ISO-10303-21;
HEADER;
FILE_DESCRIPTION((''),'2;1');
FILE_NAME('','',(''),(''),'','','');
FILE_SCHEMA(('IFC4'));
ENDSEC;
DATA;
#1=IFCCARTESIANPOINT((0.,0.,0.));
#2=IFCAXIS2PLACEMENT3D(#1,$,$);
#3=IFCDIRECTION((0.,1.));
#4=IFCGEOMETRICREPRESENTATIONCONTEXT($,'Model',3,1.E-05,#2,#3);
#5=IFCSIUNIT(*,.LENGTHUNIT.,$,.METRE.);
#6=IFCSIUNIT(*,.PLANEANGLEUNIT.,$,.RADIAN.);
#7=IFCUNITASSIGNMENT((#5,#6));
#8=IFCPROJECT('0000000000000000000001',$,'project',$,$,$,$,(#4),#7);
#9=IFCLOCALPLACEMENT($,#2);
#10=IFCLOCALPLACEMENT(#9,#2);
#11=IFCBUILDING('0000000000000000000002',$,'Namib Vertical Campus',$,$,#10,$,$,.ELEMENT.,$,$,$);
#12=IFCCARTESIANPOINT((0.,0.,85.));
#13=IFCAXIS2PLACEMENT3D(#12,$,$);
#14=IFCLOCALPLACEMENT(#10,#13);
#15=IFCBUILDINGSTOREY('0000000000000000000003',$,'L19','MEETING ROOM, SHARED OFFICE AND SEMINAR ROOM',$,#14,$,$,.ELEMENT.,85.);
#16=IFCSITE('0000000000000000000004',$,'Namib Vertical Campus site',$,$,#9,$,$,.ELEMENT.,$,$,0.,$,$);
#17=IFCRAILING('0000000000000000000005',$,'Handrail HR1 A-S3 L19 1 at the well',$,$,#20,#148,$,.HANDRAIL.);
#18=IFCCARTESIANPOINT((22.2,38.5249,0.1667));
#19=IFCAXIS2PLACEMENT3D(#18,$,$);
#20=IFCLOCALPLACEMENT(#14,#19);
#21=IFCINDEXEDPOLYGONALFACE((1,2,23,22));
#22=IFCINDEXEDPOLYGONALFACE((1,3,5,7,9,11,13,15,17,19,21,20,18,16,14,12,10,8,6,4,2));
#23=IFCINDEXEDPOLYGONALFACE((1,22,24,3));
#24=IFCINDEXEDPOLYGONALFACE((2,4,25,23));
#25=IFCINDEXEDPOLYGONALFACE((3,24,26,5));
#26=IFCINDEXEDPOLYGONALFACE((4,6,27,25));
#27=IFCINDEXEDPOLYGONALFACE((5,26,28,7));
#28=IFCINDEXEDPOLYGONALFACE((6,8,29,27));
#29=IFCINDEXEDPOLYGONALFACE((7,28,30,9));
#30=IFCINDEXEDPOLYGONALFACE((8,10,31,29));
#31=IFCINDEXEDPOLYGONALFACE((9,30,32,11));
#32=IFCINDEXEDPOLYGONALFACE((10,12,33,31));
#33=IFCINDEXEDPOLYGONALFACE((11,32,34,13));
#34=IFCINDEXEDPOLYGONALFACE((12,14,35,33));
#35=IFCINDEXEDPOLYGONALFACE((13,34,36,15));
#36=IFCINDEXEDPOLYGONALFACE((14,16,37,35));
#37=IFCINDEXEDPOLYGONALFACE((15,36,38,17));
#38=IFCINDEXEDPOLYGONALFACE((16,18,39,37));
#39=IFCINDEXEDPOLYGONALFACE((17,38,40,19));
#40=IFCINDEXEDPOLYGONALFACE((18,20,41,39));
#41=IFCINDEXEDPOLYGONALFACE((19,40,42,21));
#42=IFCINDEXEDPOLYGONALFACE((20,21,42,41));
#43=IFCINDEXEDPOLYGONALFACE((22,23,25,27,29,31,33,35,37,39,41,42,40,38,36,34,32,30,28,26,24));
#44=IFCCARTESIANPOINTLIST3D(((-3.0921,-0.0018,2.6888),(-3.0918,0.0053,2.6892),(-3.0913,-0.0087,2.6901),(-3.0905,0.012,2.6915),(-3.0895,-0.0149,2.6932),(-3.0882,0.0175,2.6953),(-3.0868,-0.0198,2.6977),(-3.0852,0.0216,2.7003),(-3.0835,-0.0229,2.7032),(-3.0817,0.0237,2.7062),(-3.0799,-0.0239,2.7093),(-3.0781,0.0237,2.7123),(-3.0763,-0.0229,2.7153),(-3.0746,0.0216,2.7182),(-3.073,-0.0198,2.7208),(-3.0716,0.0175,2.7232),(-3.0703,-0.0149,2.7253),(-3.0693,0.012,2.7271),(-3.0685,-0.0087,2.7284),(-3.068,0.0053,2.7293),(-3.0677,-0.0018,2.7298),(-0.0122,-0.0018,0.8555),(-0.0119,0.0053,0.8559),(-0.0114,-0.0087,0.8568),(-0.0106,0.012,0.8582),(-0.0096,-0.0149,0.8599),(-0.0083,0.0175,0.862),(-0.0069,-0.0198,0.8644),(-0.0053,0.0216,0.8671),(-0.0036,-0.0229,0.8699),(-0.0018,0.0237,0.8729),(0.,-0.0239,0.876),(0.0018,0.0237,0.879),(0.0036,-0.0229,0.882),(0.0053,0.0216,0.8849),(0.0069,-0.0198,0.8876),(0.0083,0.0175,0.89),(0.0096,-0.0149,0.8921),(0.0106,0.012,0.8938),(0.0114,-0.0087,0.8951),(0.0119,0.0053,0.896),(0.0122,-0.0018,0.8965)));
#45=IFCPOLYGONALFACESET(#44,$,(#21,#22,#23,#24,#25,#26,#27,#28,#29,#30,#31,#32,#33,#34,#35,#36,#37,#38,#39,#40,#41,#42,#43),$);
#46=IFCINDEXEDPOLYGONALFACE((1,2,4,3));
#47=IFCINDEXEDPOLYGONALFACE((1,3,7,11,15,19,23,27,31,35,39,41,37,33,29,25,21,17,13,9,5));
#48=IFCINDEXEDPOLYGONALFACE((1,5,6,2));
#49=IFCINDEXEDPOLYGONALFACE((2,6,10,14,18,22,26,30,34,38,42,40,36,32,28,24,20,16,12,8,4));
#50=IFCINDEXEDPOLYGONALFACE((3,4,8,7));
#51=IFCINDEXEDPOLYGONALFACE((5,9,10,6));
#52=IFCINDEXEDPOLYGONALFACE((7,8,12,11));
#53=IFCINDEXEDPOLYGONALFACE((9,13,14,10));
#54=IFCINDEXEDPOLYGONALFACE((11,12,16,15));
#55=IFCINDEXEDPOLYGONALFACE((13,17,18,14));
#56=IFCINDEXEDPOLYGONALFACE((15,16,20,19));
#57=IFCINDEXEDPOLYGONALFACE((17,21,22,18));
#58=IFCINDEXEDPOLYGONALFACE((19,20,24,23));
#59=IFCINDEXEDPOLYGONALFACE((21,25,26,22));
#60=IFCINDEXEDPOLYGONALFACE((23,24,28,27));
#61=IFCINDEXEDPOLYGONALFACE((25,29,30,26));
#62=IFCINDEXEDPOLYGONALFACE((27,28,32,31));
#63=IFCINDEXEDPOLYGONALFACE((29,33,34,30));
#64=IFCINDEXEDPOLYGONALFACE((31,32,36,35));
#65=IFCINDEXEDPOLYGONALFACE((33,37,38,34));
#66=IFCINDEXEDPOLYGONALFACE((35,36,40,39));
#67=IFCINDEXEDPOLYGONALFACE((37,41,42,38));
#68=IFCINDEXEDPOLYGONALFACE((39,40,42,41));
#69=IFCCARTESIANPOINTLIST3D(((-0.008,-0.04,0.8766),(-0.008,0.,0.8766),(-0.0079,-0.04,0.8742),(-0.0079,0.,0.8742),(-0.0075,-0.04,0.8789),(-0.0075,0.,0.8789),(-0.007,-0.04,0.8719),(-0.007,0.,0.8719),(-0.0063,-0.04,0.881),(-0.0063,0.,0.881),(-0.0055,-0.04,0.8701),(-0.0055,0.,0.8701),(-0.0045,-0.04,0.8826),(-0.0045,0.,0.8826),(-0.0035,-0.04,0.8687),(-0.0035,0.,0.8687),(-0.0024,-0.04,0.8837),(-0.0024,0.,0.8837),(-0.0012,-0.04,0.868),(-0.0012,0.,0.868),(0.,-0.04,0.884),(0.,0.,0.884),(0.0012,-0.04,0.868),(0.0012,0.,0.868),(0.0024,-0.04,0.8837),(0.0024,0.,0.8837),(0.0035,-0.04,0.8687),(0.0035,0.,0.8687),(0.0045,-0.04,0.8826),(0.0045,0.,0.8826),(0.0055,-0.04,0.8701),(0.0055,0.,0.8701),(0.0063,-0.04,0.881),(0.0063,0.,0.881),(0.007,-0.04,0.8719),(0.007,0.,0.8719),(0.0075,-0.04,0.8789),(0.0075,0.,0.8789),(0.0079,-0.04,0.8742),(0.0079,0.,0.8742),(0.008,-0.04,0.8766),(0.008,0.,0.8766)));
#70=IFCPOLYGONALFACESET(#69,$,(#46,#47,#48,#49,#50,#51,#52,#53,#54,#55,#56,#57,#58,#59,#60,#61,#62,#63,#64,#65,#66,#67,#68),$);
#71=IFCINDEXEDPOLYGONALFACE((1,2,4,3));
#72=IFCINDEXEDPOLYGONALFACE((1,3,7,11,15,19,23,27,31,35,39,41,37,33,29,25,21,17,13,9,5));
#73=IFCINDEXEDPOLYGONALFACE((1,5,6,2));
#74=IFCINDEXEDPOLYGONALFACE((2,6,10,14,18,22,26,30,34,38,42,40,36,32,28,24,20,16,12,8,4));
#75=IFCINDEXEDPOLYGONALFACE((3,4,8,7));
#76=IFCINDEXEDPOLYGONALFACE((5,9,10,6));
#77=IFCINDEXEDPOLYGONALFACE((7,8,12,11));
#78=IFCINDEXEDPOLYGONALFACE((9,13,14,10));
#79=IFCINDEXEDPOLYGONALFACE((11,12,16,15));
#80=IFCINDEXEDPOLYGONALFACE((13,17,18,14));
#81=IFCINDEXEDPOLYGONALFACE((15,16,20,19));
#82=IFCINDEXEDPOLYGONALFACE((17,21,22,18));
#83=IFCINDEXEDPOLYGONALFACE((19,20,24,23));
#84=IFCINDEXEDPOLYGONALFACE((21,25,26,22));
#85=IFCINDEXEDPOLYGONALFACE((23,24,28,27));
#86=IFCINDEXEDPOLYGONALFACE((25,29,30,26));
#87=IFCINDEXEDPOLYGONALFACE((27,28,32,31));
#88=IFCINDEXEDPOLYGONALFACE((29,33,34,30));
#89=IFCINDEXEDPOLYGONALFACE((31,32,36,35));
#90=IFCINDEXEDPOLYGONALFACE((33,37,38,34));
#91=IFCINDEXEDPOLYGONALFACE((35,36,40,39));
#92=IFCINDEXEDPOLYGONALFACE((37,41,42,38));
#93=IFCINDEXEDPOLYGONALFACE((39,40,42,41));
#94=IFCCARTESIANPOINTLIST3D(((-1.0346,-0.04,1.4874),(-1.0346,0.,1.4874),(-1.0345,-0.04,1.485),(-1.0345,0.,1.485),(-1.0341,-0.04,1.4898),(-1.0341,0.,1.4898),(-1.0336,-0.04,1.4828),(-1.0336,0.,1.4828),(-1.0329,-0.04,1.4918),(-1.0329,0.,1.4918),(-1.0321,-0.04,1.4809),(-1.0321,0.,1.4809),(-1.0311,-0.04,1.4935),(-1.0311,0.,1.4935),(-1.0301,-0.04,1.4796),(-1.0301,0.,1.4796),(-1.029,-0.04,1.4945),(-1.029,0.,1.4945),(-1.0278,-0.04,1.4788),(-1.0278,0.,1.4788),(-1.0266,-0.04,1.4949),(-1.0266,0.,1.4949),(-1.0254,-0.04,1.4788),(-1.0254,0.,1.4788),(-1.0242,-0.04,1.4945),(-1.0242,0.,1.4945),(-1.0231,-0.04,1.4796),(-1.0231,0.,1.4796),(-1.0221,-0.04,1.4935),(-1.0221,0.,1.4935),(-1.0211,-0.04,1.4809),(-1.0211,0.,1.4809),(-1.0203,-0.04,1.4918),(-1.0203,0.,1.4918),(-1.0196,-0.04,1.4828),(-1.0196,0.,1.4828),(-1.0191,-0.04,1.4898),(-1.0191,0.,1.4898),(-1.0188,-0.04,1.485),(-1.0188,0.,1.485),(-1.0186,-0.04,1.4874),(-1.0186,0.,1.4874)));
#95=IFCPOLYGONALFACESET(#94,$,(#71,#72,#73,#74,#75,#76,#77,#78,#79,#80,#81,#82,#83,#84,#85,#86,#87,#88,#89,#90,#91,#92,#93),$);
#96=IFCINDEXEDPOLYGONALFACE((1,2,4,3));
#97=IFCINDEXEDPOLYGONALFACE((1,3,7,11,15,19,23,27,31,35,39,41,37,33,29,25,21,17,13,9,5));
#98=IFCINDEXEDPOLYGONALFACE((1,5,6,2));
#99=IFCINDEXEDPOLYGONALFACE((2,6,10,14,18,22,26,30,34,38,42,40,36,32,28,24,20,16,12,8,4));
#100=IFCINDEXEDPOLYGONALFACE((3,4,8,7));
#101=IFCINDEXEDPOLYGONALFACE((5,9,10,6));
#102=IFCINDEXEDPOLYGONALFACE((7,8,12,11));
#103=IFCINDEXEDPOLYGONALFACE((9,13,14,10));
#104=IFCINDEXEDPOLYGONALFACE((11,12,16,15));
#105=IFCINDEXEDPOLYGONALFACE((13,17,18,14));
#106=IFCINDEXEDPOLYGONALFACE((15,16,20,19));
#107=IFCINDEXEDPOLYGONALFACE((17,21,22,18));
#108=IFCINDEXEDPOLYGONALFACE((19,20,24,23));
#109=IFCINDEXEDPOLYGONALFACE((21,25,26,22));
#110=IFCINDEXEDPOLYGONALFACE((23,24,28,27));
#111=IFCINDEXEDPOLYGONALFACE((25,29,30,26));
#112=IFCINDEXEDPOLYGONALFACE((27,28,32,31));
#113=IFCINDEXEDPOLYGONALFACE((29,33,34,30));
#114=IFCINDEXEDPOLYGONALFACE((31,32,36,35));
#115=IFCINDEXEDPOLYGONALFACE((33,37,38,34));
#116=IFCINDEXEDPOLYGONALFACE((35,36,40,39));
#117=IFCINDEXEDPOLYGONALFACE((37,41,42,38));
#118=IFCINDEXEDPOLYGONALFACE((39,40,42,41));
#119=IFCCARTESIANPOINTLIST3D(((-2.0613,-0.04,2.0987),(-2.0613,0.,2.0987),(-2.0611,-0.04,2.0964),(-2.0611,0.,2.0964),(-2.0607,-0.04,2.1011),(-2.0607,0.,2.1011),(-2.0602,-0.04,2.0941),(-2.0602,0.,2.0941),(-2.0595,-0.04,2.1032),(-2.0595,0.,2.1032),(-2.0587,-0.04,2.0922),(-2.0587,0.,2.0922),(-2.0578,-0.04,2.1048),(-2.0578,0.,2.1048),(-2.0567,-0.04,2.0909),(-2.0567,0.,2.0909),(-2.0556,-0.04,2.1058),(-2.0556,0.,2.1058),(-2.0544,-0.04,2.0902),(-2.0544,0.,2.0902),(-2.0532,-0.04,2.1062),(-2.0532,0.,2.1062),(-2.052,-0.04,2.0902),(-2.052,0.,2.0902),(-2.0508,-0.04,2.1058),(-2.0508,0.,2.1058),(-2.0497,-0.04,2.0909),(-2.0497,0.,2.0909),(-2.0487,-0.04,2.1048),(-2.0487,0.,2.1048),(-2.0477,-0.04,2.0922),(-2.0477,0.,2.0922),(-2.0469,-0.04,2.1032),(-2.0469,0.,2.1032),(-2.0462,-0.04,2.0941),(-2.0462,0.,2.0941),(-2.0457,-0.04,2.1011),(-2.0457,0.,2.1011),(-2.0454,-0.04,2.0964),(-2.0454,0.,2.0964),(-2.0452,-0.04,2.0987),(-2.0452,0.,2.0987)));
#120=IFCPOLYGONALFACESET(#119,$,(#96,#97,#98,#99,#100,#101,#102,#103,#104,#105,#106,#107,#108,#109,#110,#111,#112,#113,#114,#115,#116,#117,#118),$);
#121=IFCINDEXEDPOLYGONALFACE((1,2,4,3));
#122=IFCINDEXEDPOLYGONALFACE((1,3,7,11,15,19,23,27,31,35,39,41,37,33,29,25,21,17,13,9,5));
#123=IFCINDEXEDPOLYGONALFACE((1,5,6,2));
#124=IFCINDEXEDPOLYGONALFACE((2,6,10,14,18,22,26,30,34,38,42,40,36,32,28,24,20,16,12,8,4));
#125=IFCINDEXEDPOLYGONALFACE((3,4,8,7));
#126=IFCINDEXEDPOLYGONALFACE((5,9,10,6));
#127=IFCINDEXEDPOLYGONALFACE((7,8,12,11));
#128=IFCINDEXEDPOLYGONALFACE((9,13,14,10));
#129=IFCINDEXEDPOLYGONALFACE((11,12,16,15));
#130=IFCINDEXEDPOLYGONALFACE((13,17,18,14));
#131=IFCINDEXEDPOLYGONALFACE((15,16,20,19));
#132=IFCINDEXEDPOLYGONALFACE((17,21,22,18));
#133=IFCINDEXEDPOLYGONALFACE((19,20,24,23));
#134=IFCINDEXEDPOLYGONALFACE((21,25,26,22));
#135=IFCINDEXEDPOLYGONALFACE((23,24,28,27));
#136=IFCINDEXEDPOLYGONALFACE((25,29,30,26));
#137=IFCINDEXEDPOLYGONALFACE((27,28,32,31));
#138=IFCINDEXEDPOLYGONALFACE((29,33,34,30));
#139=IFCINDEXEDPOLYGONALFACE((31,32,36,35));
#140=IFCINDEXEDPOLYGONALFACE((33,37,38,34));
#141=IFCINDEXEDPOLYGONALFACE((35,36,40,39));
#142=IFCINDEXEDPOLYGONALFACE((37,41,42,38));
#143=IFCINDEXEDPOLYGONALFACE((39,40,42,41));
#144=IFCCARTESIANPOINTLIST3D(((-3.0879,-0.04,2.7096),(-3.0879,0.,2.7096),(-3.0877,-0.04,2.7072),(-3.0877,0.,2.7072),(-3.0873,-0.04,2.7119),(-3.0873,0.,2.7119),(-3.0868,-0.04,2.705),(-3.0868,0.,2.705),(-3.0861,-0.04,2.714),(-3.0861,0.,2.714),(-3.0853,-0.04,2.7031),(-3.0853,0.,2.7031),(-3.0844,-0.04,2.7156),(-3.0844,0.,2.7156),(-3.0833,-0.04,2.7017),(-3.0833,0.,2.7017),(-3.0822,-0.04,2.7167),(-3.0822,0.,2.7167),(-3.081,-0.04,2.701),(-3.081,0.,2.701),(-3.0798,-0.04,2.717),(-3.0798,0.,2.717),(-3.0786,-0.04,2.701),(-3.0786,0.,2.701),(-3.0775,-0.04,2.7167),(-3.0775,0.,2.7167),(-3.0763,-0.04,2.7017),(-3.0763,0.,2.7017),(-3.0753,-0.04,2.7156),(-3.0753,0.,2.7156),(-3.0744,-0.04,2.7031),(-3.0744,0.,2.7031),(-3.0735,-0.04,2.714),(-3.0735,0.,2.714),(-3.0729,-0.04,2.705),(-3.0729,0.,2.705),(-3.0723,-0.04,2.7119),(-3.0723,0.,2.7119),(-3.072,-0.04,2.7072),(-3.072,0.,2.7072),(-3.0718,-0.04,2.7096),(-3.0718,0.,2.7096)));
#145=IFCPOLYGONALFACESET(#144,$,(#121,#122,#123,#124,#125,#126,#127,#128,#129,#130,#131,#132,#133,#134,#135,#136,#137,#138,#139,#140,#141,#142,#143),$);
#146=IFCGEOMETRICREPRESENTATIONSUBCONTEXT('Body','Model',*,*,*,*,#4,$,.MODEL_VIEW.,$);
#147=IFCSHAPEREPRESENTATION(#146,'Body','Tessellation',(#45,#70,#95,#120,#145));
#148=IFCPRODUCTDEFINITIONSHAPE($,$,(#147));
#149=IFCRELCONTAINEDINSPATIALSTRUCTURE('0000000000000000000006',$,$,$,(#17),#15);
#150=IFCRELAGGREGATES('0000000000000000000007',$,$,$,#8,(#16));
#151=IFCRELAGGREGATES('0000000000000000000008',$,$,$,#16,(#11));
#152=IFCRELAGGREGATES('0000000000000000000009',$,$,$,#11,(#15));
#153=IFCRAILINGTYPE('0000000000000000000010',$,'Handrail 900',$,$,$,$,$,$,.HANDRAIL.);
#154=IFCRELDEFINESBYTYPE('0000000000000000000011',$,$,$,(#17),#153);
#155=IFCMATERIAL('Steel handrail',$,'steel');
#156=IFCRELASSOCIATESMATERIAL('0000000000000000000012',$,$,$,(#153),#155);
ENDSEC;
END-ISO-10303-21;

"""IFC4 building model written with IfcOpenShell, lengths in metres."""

from ifc_helpers import new_model, si_unit, direction, frame, origin, origin_2d, place, context, subcontext, project, spatial, circle, extrude, material, type_object, element, save


model = new_model("IFC4")

# Units and contexts
model_context = context("Model", 3, precision=1e-05, world=origin(), true_north=direction((0.0, 1.0)))
body_context = subcontext(model_context, "Body", "Model", "MODEL_VIEW")
ifc_project = project(units=[si_unit("LENGTHUNIT", "METRE"), si_unit("PLANEANGLEUNIT", "RADIAN")], contexts=[model_context])

# Site, building, storey
site_placement = place(None, origin())
site = spatial("IfcSite", under=ifc_project, at=site_placement, Name="Namib Vertical Campus site", CompositionType="ELEMENT", RefElevation=0.0)
building_placement = place(site_placement, origin())
building = spatial("IfcBuilding", under=site, at=building_placement, Name="Namib Vertical Campus", CompositionType="ELEMENT")
storey_placement = place(building_placement, frame((0.0, 0.0, 85.0)))
storey = spatial("IfcBuildingStorey", under=building, at=storey_placement, Name="L19", Description="MEETING ROOM, SHARED OFFICE AND SEMINAR ROOM", CompositionType="ELEMENT", Elevation=85.0)

# Railing
ifc_material_1 = material(Name="Steel handrail", Category="steel")
railing_type_1 = type_object("IfcRailingType", Name="Handrail 900", PredefinedType="HANDRAIL", material=ifc_material_1)
railing_1_placement = place(storey_placement, frame((22.2, 38.5249, 0.1667)))
element("IfcRailing", 1, at=railing_1_placement, inside=storey, type_object=railing_type_1, Name="Handrail HR1 A-S3 L19 1 at the well", PredefinedType="HANDRAIL", context=body_context, shape_type="SweptSolid", body=[
    extrude(circle(Radius=0.0239, at=origin_2d()), frame((0.0, 0.0, 0.876), z_axis=(-0.859291, 0.0, 0.511487), x_axis=(0.0, -1.0, 0.0)), (0.0, 0.0, 1.0), 3.5842),
    extrude(circle(Radius=0.0081, at=origin_2d()), frame((0.0, 0.0, 0.876), z_axis=(0.0, -1.0, 0.0), x_axis=(0.0, 0.0, 1.0)), (0.0, 0.0, 1.0), 0.04),
    extrude(circle(Radius=0.0081, at=origin_2d()), frame((-1.0266, 0.0, 1.4868), z_axis=(0.0, -1.0, 0.0), x_axis=(0.0, 0.0, 1.0)), (0.0, 0.0, 1.0), 0.04),
    extrude(circle(Radius=0.0081, at=origin_2d()), frame((-2.0532, 0.0, 2.0981), z_axis=(0.0, -1.0, 0.0), x_axis=(0.0, 0.0, 1.0)), (0.0, 0.0, 1.0), 0.04),
    extrude(circle(Radius=0.0081, at=origin_2d()), frame((-3.0798, 0.0, 2.709), z_axis=(0.0, -1.0, 0.0), x_axis=(0.0, 0.0, 1.0)), (0.0, 0.0, 1.0), 0.04),
])

save(model, "model.ifc")
